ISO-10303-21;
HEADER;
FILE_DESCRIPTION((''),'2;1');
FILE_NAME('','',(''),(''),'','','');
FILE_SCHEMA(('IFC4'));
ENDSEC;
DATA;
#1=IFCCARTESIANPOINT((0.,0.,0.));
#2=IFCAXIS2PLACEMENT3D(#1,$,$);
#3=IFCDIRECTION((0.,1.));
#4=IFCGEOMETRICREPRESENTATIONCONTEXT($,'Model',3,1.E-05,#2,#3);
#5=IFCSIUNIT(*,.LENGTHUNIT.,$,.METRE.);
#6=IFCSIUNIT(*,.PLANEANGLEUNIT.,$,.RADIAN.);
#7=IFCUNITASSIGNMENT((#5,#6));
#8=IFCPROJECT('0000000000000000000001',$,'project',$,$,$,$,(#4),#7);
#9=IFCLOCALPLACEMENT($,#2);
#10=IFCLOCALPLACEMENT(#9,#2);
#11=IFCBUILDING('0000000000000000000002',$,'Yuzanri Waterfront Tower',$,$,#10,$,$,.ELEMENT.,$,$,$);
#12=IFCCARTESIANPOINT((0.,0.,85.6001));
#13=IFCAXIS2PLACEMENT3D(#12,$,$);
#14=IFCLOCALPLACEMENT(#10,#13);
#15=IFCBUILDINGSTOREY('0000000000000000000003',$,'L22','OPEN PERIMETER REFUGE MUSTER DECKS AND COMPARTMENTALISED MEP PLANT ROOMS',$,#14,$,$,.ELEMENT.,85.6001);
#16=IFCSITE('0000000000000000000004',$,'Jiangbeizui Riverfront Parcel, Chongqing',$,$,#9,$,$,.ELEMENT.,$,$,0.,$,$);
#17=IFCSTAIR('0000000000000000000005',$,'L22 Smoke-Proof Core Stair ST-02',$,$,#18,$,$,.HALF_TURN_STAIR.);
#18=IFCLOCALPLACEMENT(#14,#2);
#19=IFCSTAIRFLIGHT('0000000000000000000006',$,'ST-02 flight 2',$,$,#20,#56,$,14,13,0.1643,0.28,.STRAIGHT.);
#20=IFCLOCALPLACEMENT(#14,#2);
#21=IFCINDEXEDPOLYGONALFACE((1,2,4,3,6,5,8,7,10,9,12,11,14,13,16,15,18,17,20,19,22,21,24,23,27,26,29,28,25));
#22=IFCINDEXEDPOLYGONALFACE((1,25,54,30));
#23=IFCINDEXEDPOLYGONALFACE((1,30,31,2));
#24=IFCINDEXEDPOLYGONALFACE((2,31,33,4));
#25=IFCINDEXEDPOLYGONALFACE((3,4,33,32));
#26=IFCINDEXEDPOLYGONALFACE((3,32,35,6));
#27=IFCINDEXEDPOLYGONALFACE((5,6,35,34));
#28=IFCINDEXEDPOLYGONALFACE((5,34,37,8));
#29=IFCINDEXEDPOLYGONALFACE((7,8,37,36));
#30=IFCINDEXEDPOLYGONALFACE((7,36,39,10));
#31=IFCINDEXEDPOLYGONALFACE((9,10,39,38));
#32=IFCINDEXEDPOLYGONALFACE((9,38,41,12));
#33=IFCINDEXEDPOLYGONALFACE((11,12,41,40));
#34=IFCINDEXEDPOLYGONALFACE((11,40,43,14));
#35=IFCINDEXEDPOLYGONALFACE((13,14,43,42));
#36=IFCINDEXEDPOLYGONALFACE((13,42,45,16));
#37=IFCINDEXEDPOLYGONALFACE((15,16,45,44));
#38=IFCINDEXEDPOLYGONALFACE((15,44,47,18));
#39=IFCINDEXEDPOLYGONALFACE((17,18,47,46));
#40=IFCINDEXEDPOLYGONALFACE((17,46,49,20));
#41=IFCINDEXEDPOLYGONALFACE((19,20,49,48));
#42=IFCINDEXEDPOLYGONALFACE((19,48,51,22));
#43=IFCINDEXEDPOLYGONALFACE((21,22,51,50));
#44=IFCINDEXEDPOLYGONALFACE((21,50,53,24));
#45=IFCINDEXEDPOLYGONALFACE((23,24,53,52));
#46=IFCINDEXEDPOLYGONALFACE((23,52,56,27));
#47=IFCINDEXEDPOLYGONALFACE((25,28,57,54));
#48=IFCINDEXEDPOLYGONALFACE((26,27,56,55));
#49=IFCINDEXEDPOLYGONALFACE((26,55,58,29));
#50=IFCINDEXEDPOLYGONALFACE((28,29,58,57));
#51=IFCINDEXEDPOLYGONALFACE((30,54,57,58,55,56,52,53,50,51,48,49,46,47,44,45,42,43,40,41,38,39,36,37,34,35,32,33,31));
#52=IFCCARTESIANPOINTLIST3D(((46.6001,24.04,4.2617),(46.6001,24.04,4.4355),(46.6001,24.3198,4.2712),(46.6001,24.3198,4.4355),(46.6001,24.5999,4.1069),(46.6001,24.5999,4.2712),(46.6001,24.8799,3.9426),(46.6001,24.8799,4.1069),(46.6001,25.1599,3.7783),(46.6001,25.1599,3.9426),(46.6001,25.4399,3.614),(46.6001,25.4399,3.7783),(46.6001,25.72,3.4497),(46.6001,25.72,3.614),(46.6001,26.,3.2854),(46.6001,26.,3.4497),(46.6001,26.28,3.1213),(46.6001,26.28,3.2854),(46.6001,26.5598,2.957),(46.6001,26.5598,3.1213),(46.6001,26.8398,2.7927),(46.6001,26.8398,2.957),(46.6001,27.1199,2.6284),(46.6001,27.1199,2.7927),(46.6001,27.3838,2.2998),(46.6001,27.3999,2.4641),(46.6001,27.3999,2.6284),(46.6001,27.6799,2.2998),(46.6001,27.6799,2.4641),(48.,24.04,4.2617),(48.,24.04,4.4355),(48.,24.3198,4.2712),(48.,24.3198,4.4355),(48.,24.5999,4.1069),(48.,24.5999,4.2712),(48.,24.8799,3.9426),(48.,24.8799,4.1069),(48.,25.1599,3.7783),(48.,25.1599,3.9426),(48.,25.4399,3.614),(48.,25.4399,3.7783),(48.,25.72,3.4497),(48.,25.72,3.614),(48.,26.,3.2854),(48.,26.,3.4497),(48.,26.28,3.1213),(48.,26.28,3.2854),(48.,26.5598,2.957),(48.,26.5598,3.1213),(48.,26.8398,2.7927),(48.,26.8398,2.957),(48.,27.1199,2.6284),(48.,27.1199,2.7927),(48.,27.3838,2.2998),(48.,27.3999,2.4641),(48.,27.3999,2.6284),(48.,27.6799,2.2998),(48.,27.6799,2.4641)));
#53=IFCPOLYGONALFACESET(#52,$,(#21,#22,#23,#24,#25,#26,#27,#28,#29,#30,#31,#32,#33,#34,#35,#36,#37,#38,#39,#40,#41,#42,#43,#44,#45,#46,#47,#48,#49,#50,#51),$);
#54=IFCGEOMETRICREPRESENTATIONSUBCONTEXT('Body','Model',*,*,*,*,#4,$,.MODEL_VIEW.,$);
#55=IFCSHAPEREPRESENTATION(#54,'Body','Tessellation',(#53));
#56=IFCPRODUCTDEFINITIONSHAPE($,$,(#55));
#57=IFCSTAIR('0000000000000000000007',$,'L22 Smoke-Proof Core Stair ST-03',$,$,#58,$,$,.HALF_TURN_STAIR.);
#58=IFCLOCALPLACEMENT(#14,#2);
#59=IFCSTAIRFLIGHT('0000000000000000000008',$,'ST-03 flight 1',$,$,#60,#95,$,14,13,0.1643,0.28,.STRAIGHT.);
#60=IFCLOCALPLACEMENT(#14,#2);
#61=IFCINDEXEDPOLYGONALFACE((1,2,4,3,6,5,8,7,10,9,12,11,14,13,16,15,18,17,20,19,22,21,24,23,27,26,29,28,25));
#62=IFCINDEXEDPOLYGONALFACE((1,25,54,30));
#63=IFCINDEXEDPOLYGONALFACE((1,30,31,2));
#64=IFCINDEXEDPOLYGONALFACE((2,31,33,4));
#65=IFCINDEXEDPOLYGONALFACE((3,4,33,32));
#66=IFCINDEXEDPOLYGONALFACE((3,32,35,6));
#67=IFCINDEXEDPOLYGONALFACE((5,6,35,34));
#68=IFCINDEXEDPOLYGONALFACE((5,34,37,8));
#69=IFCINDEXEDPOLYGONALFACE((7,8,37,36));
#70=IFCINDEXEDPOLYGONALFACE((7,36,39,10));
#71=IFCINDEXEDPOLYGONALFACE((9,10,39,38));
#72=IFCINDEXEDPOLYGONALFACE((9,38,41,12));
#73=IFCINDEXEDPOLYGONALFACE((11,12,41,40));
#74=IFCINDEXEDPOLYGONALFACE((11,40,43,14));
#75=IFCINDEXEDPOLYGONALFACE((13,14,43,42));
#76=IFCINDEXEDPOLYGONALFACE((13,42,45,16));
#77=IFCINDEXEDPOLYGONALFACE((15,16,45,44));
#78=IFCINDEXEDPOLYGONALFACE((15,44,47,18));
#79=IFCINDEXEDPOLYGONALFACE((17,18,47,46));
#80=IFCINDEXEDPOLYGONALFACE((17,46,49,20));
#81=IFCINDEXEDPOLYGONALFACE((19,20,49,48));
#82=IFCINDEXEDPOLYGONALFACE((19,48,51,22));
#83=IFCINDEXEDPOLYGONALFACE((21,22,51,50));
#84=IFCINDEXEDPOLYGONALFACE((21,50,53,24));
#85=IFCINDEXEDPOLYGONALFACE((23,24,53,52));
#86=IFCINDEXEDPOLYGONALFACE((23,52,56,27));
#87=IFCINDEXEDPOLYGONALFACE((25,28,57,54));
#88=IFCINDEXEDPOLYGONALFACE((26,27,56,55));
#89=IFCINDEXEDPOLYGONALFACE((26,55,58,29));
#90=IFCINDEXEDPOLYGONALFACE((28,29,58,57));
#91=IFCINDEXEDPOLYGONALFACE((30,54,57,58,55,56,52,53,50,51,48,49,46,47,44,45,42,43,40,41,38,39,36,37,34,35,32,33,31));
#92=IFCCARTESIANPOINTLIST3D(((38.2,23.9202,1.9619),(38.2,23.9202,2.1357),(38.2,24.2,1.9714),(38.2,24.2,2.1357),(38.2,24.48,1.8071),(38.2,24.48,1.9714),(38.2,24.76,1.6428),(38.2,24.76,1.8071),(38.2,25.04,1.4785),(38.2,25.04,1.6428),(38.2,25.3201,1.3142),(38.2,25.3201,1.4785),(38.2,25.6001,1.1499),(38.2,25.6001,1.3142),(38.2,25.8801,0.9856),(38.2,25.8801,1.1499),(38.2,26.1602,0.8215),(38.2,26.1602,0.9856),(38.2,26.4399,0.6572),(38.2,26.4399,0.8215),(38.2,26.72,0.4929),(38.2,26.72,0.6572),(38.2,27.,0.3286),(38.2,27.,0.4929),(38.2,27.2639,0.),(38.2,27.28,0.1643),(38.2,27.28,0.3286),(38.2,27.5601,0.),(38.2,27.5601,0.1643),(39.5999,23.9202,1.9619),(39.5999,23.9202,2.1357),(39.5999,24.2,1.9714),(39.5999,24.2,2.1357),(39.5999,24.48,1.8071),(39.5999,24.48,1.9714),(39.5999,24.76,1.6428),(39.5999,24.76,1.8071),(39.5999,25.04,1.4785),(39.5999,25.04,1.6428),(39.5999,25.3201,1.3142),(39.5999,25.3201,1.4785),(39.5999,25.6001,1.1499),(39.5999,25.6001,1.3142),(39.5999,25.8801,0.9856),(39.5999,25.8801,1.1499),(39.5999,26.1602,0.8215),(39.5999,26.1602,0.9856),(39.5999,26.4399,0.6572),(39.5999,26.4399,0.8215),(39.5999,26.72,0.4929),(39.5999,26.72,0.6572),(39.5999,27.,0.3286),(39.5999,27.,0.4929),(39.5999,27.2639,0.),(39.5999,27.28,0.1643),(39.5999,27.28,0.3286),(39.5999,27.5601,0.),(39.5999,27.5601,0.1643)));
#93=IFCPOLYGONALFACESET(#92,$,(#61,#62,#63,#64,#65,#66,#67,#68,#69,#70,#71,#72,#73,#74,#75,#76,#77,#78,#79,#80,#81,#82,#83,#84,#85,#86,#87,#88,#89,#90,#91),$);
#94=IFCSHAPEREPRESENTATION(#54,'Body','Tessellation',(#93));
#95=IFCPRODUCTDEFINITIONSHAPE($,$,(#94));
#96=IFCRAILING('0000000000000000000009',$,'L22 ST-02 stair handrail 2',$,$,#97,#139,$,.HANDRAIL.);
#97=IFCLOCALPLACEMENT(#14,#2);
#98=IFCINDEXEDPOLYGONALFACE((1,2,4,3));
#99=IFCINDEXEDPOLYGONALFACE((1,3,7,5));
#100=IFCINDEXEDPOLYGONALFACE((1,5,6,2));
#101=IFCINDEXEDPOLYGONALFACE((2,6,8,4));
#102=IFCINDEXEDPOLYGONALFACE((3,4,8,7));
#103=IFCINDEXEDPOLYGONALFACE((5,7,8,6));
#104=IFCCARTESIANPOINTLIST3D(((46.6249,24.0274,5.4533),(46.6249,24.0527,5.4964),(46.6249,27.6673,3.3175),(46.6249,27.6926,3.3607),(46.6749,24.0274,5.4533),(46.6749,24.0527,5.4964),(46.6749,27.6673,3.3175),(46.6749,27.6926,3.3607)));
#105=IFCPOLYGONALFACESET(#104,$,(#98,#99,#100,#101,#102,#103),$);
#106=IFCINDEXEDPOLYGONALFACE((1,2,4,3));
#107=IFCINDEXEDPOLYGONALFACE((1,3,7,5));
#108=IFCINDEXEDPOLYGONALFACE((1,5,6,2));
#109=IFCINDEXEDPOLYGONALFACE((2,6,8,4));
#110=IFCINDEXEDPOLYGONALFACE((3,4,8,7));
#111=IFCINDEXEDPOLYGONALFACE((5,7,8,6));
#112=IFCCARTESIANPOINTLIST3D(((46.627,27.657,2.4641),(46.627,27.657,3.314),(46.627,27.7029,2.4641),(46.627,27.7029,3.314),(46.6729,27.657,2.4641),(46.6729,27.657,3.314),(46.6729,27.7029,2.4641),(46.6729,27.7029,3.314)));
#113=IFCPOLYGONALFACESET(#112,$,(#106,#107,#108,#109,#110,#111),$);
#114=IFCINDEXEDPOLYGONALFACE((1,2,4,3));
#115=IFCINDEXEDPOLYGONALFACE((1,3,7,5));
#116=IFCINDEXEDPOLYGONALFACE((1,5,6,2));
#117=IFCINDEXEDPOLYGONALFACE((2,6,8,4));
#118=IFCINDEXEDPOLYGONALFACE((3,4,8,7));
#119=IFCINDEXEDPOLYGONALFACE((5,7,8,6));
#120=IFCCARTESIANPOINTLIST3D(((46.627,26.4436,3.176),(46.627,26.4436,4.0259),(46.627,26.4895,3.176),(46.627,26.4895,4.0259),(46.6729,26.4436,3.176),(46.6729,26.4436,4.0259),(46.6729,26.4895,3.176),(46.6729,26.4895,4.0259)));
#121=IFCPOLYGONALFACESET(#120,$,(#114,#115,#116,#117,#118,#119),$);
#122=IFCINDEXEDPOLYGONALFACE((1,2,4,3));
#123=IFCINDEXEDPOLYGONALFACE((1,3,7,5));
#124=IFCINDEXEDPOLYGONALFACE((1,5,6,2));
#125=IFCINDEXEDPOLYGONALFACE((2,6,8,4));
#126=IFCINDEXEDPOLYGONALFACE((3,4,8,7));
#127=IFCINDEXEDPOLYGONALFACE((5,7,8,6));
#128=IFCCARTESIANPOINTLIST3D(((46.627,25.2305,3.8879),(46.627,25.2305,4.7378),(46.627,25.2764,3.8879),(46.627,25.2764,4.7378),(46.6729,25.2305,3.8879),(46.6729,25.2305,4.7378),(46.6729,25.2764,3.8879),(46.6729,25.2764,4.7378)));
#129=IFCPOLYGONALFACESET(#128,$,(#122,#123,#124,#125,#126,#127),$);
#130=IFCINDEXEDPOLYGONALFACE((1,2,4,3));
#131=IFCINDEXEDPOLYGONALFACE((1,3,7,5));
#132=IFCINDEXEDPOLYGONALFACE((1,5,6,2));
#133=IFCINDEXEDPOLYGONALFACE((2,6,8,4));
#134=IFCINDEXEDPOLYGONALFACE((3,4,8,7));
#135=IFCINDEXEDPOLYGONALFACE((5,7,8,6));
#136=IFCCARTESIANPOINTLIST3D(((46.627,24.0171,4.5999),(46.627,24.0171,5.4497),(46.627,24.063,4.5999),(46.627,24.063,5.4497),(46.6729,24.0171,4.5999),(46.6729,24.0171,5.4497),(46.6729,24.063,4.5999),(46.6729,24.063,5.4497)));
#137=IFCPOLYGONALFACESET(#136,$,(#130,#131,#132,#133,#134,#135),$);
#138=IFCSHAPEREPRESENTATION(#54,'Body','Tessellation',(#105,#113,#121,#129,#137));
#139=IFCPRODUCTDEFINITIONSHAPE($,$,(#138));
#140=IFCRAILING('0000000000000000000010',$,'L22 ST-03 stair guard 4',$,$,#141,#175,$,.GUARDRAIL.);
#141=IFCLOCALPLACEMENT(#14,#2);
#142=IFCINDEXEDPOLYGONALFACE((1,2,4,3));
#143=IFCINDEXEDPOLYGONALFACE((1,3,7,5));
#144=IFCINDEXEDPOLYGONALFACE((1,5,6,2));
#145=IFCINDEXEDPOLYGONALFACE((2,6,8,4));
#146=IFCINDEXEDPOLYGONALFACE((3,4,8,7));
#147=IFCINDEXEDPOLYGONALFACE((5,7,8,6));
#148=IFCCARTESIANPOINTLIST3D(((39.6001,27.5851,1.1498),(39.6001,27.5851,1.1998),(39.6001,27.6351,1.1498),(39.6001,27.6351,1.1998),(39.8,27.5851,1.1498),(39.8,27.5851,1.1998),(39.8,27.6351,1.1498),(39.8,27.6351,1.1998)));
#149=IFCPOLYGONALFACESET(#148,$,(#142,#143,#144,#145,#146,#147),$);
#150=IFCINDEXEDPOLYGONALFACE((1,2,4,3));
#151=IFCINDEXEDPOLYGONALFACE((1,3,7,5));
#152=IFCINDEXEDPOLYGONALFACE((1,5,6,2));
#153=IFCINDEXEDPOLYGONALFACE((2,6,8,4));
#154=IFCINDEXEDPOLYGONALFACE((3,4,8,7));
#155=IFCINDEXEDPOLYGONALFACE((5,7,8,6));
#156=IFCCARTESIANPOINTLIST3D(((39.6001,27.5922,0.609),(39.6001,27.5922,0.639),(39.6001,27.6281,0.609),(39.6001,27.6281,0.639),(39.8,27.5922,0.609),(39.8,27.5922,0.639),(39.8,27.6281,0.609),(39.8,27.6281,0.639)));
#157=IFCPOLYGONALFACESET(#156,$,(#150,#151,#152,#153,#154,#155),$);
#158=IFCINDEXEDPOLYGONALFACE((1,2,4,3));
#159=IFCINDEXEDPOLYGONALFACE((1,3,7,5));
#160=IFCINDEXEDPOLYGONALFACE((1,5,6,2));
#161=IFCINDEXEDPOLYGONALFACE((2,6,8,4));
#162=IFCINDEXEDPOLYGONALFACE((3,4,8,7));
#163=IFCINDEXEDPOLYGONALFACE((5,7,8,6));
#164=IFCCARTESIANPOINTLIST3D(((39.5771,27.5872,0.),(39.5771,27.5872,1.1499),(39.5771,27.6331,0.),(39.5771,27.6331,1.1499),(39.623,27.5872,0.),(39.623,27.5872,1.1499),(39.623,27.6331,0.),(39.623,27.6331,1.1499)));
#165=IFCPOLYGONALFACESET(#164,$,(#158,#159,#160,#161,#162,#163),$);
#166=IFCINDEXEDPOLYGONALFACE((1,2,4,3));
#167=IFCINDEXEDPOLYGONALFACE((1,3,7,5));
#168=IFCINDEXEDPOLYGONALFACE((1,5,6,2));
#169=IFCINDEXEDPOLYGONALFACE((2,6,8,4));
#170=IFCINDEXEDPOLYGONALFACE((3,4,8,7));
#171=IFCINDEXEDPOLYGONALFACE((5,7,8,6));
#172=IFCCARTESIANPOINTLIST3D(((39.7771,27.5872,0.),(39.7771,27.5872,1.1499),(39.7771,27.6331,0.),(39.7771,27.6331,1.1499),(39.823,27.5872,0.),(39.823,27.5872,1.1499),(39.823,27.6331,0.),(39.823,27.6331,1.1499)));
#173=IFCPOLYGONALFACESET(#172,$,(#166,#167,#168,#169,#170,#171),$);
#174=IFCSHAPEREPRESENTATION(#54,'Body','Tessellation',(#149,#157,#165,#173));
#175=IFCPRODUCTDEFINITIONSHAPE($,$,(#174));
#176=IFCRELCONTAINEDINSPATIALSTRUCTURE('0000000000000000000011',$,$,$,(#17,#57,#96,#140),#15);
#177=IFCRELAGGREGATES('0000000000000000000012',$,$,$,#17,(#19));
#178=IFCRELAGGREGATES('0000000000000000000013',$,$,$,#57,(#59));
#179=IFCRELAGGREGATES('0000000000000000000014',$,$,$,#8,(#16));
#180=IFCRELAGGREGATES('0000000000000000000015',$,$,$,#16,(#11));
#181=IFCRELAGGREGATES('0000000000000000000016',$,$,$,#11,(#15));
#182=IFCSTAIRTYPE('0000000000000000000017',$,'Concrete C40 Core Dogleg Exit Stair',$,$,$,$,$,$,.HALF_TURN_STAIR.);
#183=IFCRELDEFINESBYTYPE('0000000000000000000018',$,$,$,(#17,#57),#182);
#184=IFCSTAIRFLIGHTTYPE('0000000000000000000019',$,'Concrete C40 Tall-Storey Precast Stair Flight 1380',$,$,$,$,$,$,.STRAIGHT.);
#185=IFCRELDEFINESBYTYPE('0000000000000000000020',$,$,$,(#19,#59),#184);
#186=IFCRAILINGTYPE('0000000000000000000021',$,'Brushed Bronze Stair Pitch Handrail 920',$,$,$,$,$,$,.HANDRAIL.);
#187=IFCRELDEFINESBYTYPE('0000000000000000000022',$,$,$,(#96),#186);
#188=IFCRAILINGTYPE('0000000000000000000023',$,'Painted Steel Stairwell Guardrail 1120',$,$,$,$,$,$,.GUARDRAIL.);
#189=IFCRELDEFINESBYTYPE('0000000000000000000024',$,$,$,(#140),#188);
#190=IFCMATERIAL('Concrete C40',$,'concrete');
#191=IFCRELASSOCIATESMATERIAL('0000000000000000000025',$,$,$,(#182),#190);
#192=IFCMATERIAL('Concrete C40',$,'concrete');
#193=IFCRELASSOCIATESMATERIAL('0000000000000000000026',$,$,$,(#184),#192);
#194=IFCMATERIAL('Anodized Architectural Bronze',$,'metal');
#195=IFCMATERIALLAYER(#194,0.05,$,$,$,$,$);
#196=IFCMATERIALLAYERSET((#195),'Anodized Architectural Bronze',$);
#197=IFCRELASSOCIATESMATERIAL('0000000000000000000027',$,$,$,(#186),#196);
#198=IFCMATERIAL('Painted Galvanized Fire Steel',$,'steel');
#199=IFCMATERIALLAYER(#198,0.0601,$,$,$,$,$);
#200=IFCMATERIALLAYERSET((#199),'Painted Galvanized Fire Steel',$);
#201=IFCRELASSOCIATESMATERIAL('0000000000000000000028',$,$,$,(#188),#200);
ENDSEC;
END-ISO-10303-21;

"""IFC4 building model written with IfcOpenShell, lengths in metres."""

from ifc_helpers import new_model, si_unit, direction, frame, origin, origin_2d, place, context, subcontext, project, spatial, polyline, rectangle, outline, extrude, source, transform, mapped, material, layer, layer_set, type_object, element, aggregate, save


model = new_model("IFC4")

# Units and contexts
model_context = context("Model", 3, precision=1e-05, world=origin(), true_north=direction((0.0, 1.0)))
body_context = subcontext(model_context, "Body", "Model", "MODEL_VIEW")
ifc_project = project(units=[si_unit("LENGTHUNIT", "METRE"), si_unit("PLANEANGLEUNIT", "RADIAN")], contexts=[model_context])

# Site, building, storey
site_placement = place(None, origin())
site = spatial("IfcSite", under=ifc_project, at=site_placement, Name="Jiangbeizui Riverfront Parcel, Chongqing", CompositionType="ELEMENT", RefElevation=0.0)
building_placement = place(site_placement, origin())
building = spatial("IfcBuilding", under=site, at=building_placement, Name="Yuzanri Waterfront Tower", CompositionType="ELEMENT")
storey_placement = place(building_placement, frame((0.0, 0.0, 85.6001)))
storey = spatial("IfcBuildingStorey", under=building, at=storey_placement, Name="L22", Description="OPEN PERIMETER REFUGE MUSTER DECKS AND COMPARTMENTALISED MEP PLANT ROOMS", CompositionType="ELEMENT", Elevation=85.6001)

# Stairs, stair flights
ifc_material_1 = material(Name="Concrete C40", Category="concrete")
stair_type = type_object("IfcStairType", Name="Concrete C40 Core Dogleg Exit Stair", PredefinedType="HALF_TURN_STAIR", material=ifc_material_1)
stair_1_placement = place(storey_placement, origin())
stair_1 = element("IfcStair", 1, at=stair_1_placement, inside=storey, type_object=stair_type, Name="L22 Smoke-Proof Core Stair ST-02", PredefinedType="HALF_TURN_STAIR")
ifc_material_2 = material(Name="Concrete C40", Category="concrete")
stair_flight_type = type_object("IfcStairFlightType", Name="Concrete C40 Tall-Storey Precast Stair Flight 1380", PredefinedType="STRAIGHT", material=ifc_material_2)
shared_shape_1 = source(origin(), body_context, "Body", "SweptSolid", [
    extrude(outline(polyline([(0.0, 0.0), (0.0, 0.1643), (0.28, 0.1643), (0.28, 0.3286), (0.5601, 0.3286), (0.5601, 0.4929), (0.8401, 0.4929), (0.8401, 0.6572), (1.1201, 0.6572), (1.1201, 0.8215), (1.3999, 0.8215), (1.3999, 0.9856), (1.6799, 0.9856), (1.6799, 1.1499), (1.96, 1.1499), (1.96, 1.3142), (2.24, 1.3142), (2.24, 1.4785), (2.52, 1.4785), (2.52, 1.6428), (2.8, 1.6428), (2.8, 1.8071), (3.0801, 1.8071), (3.0801, 1.9714), (3.3601, 1.9714), (3.3601, 2.1357), (3.6399, 2.1357), (3.6399, 2.3), (3.6399, 1.9619), (0.2961, 0.0), (0.0, 0.0)])), frame((0.0, 0.7, 0.0), z_axis=(0.0, -1.0, 0.0), x_axis=(1.0, 0.0, 0.0)), (0.0, 0.0, 1.0), 1.3999),
])
stair_flight_1_placement = place(storey_placement, frame((47.3, 27.6799, 2.2998), z_axis=(0.0, 0.0, 1.0), x_axis=(0.0, -1.0, 0.0)))
stair_flight_1 = element("IfcStairFlight", 2, at=stair_flight_1_placement, type_object=stair_flight_type, Name="ST-02 flight 2", NumberOfRisers=14, NumberOfTreads=13, PredefinedType="STRAIGHT", RiserHeight=0.1643, TreadLength=0.28, context=body_context, shape_type="MappedRepresentation", body=[
    mapped(shared_shape_1, transform((0.0, 0.0, 0.0), scale=1.0)),
])
aggregate(stair_1, [stair_flight_1])
stair_2_placement = place(storey_placement, origin())
stair_2 = element("IfcStair", 3, at=stair_2_placement, inside=storey, type_object=stair_type, Name="L22 Smoke-Proof Core Stair ST-03", PredefinedType="HALF_TURN_STAIR")
stair_flight_2_placement = place(storey_placement, frame((38.8999, 27.5601, 0.0), z_axis=(0.0, 0.0, 1.0), x_axis=(0.0, -1.0, 0.0)))
stair_flight_2 = element("IfcStairFlight", 4, at=stair_flight_2_placement, type_object=stair_flight_type, Name="ST-03 flight 1", NumberOfRisers=14, NumberOfTreads=13, PredefinedType="STRAIGHT", RiserHeight=0.1643, TreadLength=0.28, context=body_context, shape_type="MappedRepresentation", body=[
    mapped(shared_shape_1, transform((0.0, 0.0, 0.0), scale=1.0)),
])
aggregate(stair_2, [stair_flight_2])

# Railings
ifc_material_3 = material(Name="Anodized Architectural Bronze", Category="metal")
ifc_layer_1 = layer(ifc_material_3, 0.05)
ifc_layer_set_1 = layer_set([ifc_layer_1], Name="Anodized Architectural Bronze")
railing_type_1 = type_object("IfcRailingType", Name="Brushed Bronze Stair Pitch Handrail 920", PredefinedType="HANDRAIL", material=ifc_layer_set_1)
shared_shape_2 = source(origin(), body_context, "Body", "SweptSolid", [
    extrude(rectangle(XDim=0.05, YDim=0.05, at=origin_2d()), frame((0.0, 0.0, 0.875), z_axis=(0.0, -0.86249, 0.506074), x_axis=(1.0, 0.0, 0.0)), (0.0, 0.0, 1.0), 4.2202),
    extrude(rectangle(XDim=0.0459, YDim=0.0459, at=origin_2d()), origin(), (0.0, 0.0, 1.0), 0.8499),
    extrude(rectangle(XDim=0.0459, YDim=0.0459, at=origin_2d()), frame((0.0, -1.2134, 0.7119)), (0.0, 0.0, 1.0), 0.8499),
    extrude(rectangle(XDim=0.0459, YDim=0.0459, at=origin_2d()), frame((0.0, -2.4265, 1.4238)), (0.0, 0.0, 1.0), 0.8499),
    extrude(rectangle(XDim=0.0459, YDim=0.0459, at=origin_2d()), frame((0.0, -3.6399, 2.1357)), (0.0, 0.0, 1.0), 0.8499),
])
railing_1_placement = place(storey_placement, frame((46.6499, 27.6799, 2.4641)))
element("IfcRailing", 5, at=railing_1_placement, inside=storey, type_object=railing_type_1, Name="L22 ST-02 stair handrail 2", PredefinedType="HANDRAIL", context=body_context, shape_type="MappedRepresentation", body=[
    mapped(shared_shape_2, transform((0.0, 0.0, 0.0), scale=1.0)),
])
ifc_material_4 = material(Name="Painted Galvanized Fire Steel", Category="steel")
ifc_layer_2 = layer(ifc_material_4, 0.0601)
ifc_layer_set_2 = layer_set([ifc_layer_2], Name="Painted Galvanized Fire Steel")
railing_type_2 = type_object("IfcRailingType", Name="Painted Steel Stairwell Guardrail 1120", PredefinedType="GUARDRAIL", material=ifc_layer_set_2)
shared_shape_3 = source(origin(), body_context, "Body", "SweptSolid", [
    extrude(rectangle(XDim=0.05, YDim=0.05, at=origin_2d()), frame((0.0, 0.0, 1.1748), z_axis=(1.0, 0.0, 0.0), x_axis=(0.0, 1.0, 0.0)), (0.0, 0.0, 1.0), 0.2),
    extrude(rectangle(XDim=0.0359, YDim=0.03, at=origin_2d()), frame((0.0, 0.0, 0.624), z_axis=(1.0, 0.0, 0.0), x_axis=(0.0, 1.0, 0.0)), (0.0, 0.0, 1.0), 0.2),
    extrude(rectangle(XDim=0.0459, YDim=0.0459, at=origin_2d()), origin(), (0.0, 0.0, 1.0), 1.1499),
    extrude(rectangle(XDim=0.0459, YDim=0.0459, at=origin_2d()), frame((0.2, 0.0, 0.0)), (0.0, 0.0, 1.0), 1.1499),
])
railing_2_placement = place(storey_placement, frame((39.6001, 27.6101, 0.0)))
element("IfcRailing", 6, at=railing_2_placement, inside=storey, type_object=railing_type_2, Name="L22 ST-03 stair guard 4", PredefinedType="GUARDRAIL", context=body_context, shape_type="MappedRepresentation", body=[
    mapped(shared_shape_3, transform((0.0, 0.0, 0.0), scale=1.0)),
])

save(model, "model.ifc")
